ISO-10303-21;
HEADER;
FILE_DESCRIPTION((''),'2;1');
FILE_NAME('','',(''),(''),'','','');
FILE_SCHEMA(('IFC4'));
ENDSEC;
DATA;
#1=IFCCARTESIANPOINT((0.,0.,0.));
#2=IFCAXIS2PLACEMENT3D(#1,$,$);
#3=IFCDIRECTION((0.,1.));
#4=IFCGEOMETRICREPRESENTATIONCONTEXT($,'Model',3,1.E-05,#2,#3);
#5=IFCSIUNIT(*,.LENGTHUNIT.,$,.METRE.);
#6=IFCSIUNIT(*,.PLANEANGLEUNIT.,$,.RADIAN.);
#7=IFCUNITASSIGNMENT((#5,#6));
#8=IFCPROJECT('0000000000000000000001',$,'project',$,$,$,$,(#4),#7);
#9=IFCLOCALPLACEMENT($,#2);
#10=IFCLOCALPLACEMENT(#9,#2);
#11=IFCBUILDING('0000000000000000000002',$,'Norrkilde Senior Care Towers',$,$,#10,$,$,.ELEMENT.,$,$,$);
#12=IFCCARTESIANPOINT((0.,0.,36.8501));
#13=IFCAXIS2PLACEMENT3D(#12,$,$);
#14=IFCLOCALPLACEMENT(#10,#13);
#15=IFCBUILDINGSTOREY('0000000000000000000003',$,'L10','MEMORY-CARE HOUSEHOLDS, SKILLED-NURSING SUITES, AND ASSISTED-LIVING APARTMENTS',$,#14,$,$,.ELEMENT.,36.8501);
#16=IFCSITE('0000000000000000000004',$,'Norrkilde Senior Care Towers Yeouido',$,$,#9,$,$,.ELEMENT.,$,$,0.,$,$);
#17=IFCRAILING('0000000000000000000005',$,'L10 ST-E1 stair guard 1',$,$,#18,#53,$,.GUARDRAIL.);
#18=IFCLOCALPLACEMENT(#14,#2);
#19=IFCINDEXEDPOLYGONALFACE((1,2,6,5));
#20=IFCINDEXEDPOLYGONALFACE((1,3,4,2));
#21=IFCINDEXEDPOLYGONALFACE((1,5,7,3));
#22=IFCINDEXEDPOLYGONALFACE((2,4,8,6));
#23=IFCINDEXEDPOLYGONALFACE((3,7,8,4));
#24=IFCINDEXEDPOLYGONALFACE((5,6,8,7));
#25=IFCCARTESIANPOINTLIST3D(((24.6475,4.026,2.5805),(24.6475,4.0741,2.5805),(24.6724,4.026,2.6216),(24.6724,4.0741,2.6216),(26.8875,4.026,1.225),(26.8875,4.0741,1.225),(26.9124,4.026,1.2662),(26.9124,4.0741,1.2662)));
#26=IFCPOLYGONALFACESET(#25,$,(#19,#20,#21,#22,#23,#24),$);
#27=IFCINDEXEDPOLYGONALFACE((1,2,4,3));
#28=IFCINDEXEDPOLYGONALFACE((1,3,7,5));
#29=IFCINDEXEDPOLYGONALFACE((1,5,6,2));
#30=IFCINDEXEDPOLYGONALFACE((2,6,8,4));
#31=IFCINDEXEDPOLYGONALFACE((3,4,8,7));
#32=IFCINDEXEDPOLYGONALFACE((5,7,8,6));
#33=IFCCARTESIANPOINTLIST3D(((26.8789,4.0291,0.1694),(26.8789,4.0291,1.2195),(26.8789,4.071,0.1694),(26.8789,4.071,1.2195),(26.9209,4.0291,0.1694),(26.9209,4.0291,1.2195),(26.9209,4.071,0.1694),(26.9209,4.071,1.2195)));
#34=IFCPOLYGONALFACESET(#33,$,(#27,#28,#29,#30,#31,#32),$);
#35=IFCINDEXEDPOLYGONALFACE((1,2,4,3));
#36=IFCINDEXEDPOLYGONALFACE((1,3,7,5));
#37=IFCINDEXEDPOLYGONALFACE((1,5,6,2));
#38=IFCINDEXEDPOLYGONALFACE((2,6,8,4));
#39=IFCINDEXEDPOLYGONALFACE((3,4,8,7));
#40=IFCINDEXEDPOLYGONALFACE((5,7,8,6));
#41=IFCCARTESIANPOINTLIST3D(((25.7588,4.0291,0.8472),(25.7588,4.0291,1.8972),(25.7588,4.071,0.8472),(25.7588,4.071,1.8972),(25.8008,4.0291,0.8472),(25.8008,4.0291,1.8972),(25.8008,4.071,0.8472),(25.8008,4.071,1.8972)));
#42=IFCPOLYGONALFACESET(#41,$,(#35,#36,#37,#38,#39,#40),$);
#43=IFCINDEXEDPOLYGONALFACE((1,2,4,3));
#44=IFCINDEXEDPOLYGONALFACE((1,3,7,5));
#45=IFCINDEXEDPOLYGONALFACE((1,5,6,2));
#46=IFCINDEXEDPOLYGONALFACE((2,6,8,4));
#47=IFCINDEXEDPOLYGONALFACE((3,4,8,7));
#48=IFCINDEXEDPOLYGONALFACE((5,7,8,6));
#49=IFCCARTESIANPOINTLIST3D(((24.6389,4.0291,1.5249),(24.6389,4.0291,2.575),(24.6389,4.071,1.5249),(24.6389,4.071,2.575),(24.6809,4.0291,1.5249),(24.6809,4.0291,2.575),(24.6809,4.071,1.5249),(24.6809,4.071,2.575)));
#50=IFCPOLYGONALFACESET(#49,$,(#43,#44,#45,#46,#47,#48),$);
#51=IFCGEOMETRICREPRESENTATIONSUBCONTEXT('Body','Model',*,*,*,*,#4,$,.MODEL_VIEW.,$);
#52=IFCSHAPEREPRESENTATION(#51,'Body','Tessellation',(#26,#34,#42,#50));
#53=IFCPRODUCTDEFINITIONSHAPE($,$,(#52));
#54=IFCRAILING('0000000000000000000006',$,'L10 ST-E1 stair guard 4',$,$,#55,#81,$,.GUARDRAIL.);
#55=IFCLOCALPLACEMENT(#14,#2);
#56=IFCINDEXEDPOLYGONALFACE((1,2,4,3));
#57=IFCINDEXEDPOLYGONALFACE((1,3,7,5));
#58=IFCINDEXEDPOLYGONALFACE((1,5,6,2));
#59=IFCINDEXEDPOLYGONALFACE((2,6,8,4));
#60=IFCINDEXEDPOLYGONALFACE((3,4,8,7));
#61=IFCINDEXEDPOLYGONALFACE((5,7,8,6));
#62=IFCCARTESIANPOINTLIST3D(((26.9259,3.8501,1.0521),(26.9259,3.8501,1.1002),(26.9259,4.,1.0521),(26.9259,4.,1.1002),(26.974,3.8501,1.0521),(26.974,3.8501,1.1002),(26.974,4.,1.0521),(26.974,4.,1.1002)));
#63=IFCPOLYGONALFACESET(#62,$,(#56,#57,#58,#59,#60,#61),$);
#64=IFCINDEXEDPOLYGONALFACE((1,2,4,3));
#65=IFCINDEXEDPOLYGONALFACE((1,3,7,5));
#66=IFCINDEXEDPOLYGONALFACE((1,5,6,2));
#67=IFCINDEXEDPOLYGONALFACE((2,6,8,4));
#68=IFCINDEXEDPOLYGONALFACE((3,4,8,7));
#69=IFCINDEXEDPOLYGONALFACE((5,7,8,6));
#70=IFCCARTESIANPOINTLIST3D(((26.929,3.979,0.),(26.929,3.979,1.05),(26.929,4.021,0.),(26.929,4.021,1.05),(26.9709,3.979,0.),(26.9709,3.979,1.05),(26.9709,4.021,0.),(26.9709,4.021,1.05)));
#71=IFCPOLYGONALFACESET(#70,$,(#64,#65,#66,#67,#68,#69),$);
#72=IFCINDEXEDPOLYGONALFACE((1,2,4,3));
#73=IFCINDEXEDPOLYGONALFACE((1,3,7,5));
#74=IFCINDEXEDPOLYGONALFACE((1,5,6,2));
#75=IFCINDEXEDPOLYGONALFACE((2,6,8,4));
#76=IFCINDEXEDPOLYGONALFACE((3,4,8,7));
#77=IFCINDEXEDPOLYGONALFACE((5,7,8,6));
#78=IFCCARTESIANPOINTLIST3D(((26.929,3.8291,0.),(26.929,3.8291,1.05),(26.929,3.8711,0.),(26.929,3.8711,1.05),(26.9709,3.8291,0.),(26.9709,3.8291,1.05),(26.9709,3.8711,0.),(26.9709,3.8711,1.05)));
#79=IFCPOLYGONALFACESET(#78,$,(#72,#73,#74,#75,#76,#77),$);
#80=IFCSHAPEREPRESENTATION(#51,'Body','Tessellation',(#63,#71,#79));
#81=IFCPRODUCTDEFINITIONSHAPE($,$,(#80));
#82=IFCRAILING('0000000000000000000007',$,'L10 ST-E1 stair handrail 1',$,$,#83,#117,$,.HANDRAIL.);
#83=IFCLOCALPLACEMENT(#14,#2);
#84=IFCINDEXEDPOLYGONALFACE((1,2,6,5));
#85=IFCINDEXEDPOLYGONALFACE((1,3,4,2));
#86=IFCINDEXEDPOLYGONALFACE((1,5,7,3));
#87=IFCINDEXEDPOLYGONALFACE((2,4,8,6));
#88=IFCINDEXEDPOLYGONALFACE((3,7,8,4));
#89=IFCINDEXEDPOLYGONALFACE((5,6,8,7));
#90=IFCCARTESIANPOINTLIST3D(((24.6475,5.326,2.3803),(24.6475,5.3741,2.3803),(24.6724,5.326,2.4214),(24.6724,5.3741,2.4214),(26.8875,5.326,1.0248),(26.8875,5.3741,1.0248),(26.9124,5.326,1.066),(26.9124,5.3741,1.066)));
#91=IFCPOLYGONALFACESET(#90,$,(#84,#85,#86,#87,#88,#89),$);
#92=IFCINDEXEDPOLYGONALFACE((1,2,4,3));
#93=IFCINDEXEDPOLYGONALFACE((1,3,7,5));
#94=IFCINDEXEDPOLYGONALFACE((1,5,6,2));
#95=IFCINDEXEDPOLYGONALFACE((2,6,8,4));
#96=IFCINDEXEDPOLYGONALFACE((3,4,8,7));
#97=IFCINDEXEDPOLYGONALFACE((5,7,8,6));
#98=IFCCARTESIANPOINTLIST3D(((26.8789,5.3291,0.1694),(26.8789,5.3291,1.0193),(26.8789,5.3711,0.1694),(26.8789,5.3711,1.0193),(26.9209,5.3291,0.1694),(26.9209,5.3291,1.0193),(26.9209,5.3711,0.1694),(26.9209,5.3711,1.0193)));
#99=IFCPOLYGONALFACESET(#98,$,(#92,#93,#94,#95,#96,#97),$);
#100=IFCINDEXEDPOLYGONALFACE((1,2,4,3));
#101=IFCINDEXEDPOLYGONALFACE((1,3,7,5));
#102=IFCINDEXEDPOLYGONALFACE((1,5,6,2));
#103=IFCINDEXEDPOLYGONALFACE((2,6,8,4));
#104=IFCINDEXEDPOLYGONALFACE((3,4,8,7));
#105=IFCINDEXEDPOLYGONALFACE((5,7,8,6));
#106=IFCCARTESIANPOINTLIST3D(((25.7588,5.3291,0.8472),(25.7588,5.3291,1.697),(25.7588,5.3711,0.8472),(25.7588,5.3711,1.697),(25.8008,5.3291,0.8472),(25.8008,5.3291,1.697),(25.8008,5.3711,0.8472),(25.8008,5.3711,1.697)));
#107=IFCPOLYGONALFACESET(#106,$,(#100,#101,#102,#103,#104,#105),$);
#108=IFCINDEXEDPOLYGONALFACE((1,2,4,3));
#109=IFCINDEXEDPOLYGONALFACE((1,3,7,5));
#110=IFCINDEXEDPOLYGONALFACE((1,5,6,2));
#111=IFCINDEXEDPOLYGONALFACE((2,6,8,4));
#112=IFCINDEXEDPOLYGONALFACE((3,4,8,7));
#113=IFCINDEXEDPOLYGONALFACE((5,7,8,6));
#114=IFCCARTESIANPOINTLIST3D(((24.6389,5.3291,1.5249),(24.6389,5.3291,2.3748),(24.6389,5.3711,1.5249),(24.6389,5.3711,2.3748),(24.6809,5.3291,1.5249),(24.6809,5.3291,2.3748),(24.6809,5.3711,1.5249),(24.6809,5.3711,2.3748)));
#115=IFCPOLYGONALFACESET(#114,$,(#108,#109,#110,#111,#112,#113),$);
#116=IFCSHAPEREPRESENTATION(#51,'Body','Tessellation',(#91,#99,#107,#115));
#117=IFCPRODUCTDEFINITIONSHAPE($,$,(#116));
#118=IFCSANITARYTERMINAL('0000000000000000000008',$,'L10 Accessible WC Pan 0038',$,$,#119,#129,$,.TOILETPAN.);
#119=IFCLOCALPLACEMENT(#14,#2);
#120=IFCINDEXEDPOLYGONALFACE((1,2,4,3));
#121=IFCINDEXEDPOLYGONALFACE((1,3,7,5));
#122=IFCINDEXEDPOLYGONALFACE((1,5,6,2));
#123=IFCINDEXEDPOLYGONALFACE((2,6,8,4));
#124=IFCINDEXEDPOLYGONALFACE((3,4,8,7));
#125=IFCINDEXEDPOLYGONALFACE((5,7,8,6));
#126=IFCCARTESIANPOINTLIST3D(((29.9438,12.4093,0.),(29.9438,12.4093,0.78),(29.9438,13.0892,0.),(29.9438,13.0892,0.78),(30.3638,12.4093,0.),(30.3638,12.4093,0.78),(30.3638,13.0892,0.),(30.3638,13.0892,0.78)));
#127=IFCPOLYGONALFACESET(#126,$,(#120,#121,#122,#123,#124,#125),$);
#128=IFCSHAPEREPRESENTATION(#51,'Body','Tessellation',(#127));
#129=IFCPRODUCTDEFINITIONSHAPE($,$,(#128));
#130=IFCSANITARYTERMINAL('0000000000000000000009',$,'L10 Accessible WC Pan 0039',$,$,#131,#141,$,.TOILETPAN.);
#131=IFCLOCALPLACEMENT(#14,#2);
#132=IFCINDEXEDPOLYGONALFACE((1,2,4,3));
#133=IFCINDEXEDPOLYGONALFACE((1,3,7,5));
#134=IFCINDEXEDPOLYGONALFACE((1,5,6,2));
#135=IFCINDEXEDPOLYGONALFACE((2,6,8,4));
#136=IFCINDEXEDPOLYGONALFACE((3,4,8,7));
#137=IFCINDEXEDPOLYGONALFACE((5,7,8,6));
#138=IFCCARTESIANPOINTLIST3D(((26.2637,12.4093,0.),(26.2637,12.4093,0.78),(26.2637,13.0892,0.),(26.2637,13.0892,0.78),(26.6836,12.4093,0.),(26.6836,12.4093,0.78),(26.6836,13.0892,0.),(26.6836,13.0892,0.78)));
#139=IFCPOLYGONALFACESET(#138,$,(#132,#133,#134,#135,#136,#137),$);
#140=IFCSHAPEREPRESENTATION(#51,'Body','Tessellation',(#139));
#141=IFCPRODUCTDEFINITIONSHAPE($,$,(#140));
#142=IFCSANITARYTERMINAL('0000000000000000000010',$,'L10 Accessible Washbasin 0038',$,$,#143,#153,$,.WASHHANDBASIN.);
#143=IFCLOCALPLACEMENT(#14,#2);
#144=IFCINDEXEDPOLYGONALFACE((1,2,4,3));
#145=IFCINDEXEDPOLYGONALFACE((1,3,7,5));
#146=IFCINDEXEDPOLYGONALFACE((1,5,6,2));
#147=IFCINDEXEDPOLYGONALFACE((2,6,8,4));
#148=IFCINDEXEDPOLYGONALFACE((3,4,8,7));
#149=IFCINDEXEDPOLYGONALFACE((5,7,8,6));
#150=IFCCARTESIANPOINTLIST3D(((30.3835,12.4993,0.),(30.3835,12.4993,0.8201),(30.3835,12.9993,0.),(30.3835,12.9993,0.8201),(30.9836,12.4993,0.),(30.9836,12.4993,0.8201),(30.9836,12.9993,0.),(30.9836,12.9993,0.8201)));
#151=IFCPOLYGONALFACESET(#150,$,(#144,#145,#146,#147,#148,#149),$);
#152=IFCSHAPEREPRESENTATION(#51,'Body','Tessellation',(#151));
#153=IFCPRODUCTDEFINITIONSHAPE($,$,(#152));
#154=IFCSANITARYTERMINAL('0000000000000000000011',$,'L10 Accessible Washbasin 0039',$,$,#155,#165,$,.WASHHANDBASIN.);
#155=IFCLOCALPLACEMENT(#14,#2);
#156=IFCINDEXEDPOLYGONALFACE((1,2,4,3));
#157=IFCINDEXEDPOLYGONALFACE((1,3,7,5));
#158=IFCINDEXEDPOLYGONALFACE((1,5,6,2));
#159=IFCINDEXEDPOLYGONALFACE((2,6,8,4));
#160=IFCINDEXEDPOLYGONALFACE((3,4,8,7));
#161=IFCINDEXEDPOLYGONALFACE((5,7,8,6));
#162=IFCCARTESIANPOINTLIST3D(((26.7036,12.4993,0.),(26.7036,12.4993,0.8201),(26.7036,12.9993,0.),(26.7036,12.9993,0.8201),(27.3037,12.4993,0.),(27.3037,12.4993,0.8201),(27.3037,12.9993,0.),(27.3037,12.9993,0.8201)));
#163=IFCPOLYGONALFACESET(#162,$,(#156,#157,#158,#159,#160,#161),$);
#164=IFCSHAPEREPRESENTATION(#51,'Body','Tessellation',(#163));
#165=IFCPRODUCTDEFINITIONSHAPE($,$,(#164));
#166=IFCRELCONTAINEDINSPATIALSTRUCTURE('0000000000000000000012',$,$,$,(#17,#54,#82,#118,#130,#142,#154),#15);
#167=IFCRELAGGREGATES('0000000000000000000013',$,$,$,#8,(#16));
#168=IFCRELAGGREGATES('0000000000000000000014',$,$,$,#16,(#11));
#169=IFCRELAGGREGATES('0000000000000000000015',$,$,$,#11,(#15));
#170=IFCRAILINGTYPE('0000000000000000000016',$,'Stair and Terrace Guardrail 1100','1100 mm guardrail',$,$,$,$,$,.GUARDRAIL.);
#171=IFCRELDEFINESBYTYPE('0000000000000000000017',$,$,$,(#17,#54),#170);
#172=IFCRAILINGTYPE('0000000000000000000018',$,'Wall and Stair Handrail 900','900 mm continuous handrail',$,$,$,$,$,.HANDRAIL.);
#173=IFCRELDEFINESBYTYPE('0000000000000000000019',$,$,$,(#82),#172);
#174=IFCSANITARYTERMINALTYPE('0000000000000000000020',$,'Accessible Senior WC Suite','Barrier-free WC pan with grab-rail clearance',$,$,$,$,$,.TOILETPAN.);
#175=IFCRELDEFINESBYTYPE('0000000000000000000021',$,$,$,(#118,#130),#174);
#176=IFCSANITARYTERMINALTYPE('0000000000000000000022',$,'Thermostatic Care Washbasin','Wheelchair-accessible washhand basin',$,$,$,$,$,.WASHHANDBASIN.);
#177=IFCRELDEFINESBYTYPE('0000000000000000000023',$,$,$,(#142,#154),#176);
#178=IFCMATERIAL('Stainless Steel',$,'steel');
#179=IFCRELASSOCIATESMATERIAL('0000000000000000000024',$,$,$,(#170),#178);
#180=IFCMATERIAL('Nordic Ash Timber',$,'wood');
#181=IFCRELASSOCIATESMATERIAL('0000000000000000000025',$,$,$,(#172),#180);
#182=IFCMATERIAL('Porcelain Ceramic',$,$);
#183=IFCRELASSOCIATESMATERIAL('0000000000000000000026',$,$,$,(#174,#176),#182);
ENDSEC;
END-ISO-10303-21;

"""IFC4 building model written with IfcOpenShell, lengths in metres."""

from ifc_helpers import new_model, si_unit, direction, frame, origin, origin_2d, place, context, subcontext, project, spatial, rectangle, extrude, source, transform, mapped, material, type_object, type_shapes, element, save


model = new_model("IFC4")

# Units and contexts
model_context = context("Model", 3, precision=1e-05, world=origin(), true_north=direction((0.0, 1.0)))
body_context = subcontext(model_context, "Body", "Model", "MODEL_VIEW")
ifc_project = project(units=[si_unit("LENGTHUNIT", "METRE"), si_unit("PLANEANGLEUNIT", "RADIAN")], contexts=[model_context])

# Site, building, storey
site_placement = place(None, origin())
site = spatial("IfcSite", under=ifc_project, at=site_placement, Name="Norrkilde Senior Care Towers Yeouido", CompositionType="ELEMENT", RefElevation=0.0)
building_placement = place(site_placement, origin())
building = spatial("IfcBuilding", under=site, at=building_placement, Name="Norrkilde Senior Care Towers", CompositionType="ELEMENT")
storey_placement = place(building_placement, frame((0.0, 0.0, 36.8501)))
storey = spatial("IfcBuildingStorey", under=building, at=storey_placement, Name="L10", Description="MEMORY-CARE HOUSEHOLDS, SKILLED-NURSING SUITES, AND ASSISTED-LIVING APARTMENTS", CompositionType="ELEMENT", Elevation=36.8501)

# Shared definitions
ifc_material_1 = material(Name="Stainless Steel", Category="steel")

# Shared definitions
ifc_material_2 = material(Name="Nordic Ash Timber", Category="wood")

# Railings
railing_type_1 = type_object("IfcRailingType", Name="Stair and Terrace Guardrail 1100", Description="1100 mm guardrail", PredefinedType="GUARDRAIL", material=ifc_material_1)
railing_1_placement = place(storey_placement, frame((26.8999, 4.05, 0.1694)))
element("IfcRailing", 1, at=railing_1_placement, inside=storey, type_object=railing_type_1, Name="L10 ST-E1 stair guard 1", PredefinedType="GUARDRAIL", context=body_context, shape_type="SweptSolid", body=[
    extrude(rectangle(XDim=0.0481, YDim=0.0481, at=origin_2d()), frame((0.0, 0.0, 1.0762), z_axis=(-0.855553, 0.0, 0.517715), x_axis=(0.0, -1.0, 0.0)), (0.0, 0.0, 1.0), 2.6182),
    extrude(rectangle(XDim=0.042, YDim=0.042, at=origin_2d()), origin(), (0.0, 0.0, 1.0), 1.05),
    extrude(rectangle(XDim=0.042, YDim=0.042, at=origin_2d()), frame((-1.1201, 0.0, 0.6777)), (0.0, 0.0, 1.0), 1.05),
    extrude(rectangle(XDim=0.042, YDim=0.042, at=origin_2d()), frame((-2.24, 0.0, 1.3555)), (0.0, 0.0, 1.0), 1.05),
])
railing_2_placement = place(storey_placement, frame((26.95, 4.0, 0.0)))
element("IfcRailing", 2, at=railing_2_placement, inside=storey, type_object=railing_type_1, Name="L10 ST-E1 stair guard 4", PredefinedType="GUARDRAIL", context=body_context, shape_type="SweptSolid", body=[
    extrude(rectangle(XDim=0.0481, YDim=0.0481, at=origin_2d()), frame((0.0, 0.0, 1.0762), z_axis=(0.0, -1.0, 0.0), x_axis=(1.0, 0.0, 0.0)), (0.0, 0.0, 1.0), 0.1499),
    extrude(rectangle(XDim=0.042, YDim=0.042, at=origin_2d()), origin(), (0.0, 0.0, 1.0), 1.05),
    extrude(rectangle(XDim=0.042, YDim=0.042, at=origin_2d()), frame((0.0, -0.1499, 0.0)), (0.0, 0.0, 1.0), 1.05),
])
railing_type_2 = type_object("IfcRailingType", Name="Wall and Stair Handrail 900", Description="900 mm continuous handrail", PredefinedType="HANDRAIL", material=ifc_material_2)
railing_3_placement = place(storey_placement, frame((26.8999, 5.3501, 0.1694)))
element("IfcRailing", 3, at=railing_3_placement, inside=storey, type_object=railing_type_2, Name="L10 ST-E1 stair handrail 1", PredefinedType="HANDRAIL", context=body_context, shape_type="SweptSolid", body=[
    extrude(rectangle(XDim=0.0481, YDim=0.0481, at=origin_2d()), frame((0.0, 0.0, 0.876), z_axis=(-0.855553, 0.0, 0.517715), x_axis=(0.0, -1.0, 0.0)), (0.0, 0.0, 1.0), 2.6182),
    extrude(rectangle(XDim=0.042, YDim=0.042, at=origin_2d()), origin(), (0.0, 0.0, 1.0), 0.8499),
    extrude(rectangle(XDim=0.042, YDim=0.042, at=origin_2d()), frame((-1.1201, 0.0, 0.6777)), (0.0, 0.0, 1.0), 0.8499),
    extrude(rectangle(XDim=0.042, YDim=0.042, at=origin_2d()), frame((-2.24, 0.0, 1.3555)), (0.0, 0.0, 1.0), 0.8499),
])

# Sanitary terminals
ifc_material_3 = material(Name="Porcelain Ceramic")
sanitary_terminal_type_1 = type_object("IfcSanitaryTerminalType", Name="Accessible Senior WC Suite", Description="Barrier-free WC pan with grab-rail clearance", PredefinedType="TOILETPAN", material=ifc_material_3)
shared_shape_1 = source(origin(), body_context, "Body", "SweptSolid", [
    extrude(rectangle(XDim=0.4199, YDim=0.6799, at=origin_2d()), origin(), (0.0, 0.0, 1.0), 0.78),
])
type_shapes(sanitary_terminal_type_1, [shared_shape_1])
for number, where, z_axis, x_axis, name in (
    (4, (30.1538, 12.7493, 0.0), (0.0, 0.0, 1.0), (1.0, 0.0, 0.0), "L10 Accessible WC Pan 0038"),
    (5, (26.4736, 12.7493, 0.0), (0.0, 0.0, 1.0), (1.0, 0.0, 0.0), "L10 Accessible WC Pan 0039"),
):
    element("IfcSanitaryTerminal", number, at=place(storey_placement, frame(where, z_axis=z_axis, x_axis=x_axis)), inside=storey, type_object=sanitary_terminal_type_1, Name=name, PredefinedType="TOILETPAN", context=body_context, shape_type="MappedRepresentation", body=[
        mapped(shared_shape_1, transform((0.0, 0.0, 0.0), x_axis=(1.0, 0.0, 0.0), y_axis=(0.0, 1.0, 0.0), z_axis=(0.0, 0.0, 1.0), scale=1.0)),
    ])
sanitary_terminal_type_2 = type_object("IfcSanitaryTerminalType", Name="Thermostatic Care Washbasin", Description="Wheelchair-accessible washhand basin", PredefinedType="WASHHANDBASIN", material=ifc_material_3)
shared_shape_2 = source(origin(), body_context, "Body", "SweptSolid", [
    extrude(rectangle(XDim=0.6001, YDim=0.5, at=origin_2d()), origin(), (0.0, 0.0, 1.0), 0.8201),
])
type_shapes(sanitary_terminal_type_2, [shared_shape_2])
for number, where, z_axis, x_axis, name in (
    (6, (30.6836, 12.7493, 0.0), (0.0, 0.0, 1.0), (1.0, 0.0, 0.0), "L10 Accessible Washbasin 0038"),
    (7, (27.0037, 12.7493, 0.0), (0.0, 0.0, 1.0), (1.0, 0.0, 0.0), "L10 Accessible Washbasin 0039"),
):
    element("IfcSanitaryTerminal", number, at=place(storey_placement, frame(where, z_axis=z_axis, x_axis=x_axis)), inside=storey, type_object=sanitary_terminal_type_2, Name=name, PredefinedType="WASHHANDBASIN", context=body_context, shape_type="MappedRepresentation", body=[
        mapped(shared_shape_2, transform((0.0, 0.0, 0.0), x_axis=(1.0, 0.0, 0.0), y_axis=(0.0, 1.0, 0.0), z_axis=(0.0, 0.0, 1.0), scale=1.0)),
    ])

save(model, "model.ifc")
